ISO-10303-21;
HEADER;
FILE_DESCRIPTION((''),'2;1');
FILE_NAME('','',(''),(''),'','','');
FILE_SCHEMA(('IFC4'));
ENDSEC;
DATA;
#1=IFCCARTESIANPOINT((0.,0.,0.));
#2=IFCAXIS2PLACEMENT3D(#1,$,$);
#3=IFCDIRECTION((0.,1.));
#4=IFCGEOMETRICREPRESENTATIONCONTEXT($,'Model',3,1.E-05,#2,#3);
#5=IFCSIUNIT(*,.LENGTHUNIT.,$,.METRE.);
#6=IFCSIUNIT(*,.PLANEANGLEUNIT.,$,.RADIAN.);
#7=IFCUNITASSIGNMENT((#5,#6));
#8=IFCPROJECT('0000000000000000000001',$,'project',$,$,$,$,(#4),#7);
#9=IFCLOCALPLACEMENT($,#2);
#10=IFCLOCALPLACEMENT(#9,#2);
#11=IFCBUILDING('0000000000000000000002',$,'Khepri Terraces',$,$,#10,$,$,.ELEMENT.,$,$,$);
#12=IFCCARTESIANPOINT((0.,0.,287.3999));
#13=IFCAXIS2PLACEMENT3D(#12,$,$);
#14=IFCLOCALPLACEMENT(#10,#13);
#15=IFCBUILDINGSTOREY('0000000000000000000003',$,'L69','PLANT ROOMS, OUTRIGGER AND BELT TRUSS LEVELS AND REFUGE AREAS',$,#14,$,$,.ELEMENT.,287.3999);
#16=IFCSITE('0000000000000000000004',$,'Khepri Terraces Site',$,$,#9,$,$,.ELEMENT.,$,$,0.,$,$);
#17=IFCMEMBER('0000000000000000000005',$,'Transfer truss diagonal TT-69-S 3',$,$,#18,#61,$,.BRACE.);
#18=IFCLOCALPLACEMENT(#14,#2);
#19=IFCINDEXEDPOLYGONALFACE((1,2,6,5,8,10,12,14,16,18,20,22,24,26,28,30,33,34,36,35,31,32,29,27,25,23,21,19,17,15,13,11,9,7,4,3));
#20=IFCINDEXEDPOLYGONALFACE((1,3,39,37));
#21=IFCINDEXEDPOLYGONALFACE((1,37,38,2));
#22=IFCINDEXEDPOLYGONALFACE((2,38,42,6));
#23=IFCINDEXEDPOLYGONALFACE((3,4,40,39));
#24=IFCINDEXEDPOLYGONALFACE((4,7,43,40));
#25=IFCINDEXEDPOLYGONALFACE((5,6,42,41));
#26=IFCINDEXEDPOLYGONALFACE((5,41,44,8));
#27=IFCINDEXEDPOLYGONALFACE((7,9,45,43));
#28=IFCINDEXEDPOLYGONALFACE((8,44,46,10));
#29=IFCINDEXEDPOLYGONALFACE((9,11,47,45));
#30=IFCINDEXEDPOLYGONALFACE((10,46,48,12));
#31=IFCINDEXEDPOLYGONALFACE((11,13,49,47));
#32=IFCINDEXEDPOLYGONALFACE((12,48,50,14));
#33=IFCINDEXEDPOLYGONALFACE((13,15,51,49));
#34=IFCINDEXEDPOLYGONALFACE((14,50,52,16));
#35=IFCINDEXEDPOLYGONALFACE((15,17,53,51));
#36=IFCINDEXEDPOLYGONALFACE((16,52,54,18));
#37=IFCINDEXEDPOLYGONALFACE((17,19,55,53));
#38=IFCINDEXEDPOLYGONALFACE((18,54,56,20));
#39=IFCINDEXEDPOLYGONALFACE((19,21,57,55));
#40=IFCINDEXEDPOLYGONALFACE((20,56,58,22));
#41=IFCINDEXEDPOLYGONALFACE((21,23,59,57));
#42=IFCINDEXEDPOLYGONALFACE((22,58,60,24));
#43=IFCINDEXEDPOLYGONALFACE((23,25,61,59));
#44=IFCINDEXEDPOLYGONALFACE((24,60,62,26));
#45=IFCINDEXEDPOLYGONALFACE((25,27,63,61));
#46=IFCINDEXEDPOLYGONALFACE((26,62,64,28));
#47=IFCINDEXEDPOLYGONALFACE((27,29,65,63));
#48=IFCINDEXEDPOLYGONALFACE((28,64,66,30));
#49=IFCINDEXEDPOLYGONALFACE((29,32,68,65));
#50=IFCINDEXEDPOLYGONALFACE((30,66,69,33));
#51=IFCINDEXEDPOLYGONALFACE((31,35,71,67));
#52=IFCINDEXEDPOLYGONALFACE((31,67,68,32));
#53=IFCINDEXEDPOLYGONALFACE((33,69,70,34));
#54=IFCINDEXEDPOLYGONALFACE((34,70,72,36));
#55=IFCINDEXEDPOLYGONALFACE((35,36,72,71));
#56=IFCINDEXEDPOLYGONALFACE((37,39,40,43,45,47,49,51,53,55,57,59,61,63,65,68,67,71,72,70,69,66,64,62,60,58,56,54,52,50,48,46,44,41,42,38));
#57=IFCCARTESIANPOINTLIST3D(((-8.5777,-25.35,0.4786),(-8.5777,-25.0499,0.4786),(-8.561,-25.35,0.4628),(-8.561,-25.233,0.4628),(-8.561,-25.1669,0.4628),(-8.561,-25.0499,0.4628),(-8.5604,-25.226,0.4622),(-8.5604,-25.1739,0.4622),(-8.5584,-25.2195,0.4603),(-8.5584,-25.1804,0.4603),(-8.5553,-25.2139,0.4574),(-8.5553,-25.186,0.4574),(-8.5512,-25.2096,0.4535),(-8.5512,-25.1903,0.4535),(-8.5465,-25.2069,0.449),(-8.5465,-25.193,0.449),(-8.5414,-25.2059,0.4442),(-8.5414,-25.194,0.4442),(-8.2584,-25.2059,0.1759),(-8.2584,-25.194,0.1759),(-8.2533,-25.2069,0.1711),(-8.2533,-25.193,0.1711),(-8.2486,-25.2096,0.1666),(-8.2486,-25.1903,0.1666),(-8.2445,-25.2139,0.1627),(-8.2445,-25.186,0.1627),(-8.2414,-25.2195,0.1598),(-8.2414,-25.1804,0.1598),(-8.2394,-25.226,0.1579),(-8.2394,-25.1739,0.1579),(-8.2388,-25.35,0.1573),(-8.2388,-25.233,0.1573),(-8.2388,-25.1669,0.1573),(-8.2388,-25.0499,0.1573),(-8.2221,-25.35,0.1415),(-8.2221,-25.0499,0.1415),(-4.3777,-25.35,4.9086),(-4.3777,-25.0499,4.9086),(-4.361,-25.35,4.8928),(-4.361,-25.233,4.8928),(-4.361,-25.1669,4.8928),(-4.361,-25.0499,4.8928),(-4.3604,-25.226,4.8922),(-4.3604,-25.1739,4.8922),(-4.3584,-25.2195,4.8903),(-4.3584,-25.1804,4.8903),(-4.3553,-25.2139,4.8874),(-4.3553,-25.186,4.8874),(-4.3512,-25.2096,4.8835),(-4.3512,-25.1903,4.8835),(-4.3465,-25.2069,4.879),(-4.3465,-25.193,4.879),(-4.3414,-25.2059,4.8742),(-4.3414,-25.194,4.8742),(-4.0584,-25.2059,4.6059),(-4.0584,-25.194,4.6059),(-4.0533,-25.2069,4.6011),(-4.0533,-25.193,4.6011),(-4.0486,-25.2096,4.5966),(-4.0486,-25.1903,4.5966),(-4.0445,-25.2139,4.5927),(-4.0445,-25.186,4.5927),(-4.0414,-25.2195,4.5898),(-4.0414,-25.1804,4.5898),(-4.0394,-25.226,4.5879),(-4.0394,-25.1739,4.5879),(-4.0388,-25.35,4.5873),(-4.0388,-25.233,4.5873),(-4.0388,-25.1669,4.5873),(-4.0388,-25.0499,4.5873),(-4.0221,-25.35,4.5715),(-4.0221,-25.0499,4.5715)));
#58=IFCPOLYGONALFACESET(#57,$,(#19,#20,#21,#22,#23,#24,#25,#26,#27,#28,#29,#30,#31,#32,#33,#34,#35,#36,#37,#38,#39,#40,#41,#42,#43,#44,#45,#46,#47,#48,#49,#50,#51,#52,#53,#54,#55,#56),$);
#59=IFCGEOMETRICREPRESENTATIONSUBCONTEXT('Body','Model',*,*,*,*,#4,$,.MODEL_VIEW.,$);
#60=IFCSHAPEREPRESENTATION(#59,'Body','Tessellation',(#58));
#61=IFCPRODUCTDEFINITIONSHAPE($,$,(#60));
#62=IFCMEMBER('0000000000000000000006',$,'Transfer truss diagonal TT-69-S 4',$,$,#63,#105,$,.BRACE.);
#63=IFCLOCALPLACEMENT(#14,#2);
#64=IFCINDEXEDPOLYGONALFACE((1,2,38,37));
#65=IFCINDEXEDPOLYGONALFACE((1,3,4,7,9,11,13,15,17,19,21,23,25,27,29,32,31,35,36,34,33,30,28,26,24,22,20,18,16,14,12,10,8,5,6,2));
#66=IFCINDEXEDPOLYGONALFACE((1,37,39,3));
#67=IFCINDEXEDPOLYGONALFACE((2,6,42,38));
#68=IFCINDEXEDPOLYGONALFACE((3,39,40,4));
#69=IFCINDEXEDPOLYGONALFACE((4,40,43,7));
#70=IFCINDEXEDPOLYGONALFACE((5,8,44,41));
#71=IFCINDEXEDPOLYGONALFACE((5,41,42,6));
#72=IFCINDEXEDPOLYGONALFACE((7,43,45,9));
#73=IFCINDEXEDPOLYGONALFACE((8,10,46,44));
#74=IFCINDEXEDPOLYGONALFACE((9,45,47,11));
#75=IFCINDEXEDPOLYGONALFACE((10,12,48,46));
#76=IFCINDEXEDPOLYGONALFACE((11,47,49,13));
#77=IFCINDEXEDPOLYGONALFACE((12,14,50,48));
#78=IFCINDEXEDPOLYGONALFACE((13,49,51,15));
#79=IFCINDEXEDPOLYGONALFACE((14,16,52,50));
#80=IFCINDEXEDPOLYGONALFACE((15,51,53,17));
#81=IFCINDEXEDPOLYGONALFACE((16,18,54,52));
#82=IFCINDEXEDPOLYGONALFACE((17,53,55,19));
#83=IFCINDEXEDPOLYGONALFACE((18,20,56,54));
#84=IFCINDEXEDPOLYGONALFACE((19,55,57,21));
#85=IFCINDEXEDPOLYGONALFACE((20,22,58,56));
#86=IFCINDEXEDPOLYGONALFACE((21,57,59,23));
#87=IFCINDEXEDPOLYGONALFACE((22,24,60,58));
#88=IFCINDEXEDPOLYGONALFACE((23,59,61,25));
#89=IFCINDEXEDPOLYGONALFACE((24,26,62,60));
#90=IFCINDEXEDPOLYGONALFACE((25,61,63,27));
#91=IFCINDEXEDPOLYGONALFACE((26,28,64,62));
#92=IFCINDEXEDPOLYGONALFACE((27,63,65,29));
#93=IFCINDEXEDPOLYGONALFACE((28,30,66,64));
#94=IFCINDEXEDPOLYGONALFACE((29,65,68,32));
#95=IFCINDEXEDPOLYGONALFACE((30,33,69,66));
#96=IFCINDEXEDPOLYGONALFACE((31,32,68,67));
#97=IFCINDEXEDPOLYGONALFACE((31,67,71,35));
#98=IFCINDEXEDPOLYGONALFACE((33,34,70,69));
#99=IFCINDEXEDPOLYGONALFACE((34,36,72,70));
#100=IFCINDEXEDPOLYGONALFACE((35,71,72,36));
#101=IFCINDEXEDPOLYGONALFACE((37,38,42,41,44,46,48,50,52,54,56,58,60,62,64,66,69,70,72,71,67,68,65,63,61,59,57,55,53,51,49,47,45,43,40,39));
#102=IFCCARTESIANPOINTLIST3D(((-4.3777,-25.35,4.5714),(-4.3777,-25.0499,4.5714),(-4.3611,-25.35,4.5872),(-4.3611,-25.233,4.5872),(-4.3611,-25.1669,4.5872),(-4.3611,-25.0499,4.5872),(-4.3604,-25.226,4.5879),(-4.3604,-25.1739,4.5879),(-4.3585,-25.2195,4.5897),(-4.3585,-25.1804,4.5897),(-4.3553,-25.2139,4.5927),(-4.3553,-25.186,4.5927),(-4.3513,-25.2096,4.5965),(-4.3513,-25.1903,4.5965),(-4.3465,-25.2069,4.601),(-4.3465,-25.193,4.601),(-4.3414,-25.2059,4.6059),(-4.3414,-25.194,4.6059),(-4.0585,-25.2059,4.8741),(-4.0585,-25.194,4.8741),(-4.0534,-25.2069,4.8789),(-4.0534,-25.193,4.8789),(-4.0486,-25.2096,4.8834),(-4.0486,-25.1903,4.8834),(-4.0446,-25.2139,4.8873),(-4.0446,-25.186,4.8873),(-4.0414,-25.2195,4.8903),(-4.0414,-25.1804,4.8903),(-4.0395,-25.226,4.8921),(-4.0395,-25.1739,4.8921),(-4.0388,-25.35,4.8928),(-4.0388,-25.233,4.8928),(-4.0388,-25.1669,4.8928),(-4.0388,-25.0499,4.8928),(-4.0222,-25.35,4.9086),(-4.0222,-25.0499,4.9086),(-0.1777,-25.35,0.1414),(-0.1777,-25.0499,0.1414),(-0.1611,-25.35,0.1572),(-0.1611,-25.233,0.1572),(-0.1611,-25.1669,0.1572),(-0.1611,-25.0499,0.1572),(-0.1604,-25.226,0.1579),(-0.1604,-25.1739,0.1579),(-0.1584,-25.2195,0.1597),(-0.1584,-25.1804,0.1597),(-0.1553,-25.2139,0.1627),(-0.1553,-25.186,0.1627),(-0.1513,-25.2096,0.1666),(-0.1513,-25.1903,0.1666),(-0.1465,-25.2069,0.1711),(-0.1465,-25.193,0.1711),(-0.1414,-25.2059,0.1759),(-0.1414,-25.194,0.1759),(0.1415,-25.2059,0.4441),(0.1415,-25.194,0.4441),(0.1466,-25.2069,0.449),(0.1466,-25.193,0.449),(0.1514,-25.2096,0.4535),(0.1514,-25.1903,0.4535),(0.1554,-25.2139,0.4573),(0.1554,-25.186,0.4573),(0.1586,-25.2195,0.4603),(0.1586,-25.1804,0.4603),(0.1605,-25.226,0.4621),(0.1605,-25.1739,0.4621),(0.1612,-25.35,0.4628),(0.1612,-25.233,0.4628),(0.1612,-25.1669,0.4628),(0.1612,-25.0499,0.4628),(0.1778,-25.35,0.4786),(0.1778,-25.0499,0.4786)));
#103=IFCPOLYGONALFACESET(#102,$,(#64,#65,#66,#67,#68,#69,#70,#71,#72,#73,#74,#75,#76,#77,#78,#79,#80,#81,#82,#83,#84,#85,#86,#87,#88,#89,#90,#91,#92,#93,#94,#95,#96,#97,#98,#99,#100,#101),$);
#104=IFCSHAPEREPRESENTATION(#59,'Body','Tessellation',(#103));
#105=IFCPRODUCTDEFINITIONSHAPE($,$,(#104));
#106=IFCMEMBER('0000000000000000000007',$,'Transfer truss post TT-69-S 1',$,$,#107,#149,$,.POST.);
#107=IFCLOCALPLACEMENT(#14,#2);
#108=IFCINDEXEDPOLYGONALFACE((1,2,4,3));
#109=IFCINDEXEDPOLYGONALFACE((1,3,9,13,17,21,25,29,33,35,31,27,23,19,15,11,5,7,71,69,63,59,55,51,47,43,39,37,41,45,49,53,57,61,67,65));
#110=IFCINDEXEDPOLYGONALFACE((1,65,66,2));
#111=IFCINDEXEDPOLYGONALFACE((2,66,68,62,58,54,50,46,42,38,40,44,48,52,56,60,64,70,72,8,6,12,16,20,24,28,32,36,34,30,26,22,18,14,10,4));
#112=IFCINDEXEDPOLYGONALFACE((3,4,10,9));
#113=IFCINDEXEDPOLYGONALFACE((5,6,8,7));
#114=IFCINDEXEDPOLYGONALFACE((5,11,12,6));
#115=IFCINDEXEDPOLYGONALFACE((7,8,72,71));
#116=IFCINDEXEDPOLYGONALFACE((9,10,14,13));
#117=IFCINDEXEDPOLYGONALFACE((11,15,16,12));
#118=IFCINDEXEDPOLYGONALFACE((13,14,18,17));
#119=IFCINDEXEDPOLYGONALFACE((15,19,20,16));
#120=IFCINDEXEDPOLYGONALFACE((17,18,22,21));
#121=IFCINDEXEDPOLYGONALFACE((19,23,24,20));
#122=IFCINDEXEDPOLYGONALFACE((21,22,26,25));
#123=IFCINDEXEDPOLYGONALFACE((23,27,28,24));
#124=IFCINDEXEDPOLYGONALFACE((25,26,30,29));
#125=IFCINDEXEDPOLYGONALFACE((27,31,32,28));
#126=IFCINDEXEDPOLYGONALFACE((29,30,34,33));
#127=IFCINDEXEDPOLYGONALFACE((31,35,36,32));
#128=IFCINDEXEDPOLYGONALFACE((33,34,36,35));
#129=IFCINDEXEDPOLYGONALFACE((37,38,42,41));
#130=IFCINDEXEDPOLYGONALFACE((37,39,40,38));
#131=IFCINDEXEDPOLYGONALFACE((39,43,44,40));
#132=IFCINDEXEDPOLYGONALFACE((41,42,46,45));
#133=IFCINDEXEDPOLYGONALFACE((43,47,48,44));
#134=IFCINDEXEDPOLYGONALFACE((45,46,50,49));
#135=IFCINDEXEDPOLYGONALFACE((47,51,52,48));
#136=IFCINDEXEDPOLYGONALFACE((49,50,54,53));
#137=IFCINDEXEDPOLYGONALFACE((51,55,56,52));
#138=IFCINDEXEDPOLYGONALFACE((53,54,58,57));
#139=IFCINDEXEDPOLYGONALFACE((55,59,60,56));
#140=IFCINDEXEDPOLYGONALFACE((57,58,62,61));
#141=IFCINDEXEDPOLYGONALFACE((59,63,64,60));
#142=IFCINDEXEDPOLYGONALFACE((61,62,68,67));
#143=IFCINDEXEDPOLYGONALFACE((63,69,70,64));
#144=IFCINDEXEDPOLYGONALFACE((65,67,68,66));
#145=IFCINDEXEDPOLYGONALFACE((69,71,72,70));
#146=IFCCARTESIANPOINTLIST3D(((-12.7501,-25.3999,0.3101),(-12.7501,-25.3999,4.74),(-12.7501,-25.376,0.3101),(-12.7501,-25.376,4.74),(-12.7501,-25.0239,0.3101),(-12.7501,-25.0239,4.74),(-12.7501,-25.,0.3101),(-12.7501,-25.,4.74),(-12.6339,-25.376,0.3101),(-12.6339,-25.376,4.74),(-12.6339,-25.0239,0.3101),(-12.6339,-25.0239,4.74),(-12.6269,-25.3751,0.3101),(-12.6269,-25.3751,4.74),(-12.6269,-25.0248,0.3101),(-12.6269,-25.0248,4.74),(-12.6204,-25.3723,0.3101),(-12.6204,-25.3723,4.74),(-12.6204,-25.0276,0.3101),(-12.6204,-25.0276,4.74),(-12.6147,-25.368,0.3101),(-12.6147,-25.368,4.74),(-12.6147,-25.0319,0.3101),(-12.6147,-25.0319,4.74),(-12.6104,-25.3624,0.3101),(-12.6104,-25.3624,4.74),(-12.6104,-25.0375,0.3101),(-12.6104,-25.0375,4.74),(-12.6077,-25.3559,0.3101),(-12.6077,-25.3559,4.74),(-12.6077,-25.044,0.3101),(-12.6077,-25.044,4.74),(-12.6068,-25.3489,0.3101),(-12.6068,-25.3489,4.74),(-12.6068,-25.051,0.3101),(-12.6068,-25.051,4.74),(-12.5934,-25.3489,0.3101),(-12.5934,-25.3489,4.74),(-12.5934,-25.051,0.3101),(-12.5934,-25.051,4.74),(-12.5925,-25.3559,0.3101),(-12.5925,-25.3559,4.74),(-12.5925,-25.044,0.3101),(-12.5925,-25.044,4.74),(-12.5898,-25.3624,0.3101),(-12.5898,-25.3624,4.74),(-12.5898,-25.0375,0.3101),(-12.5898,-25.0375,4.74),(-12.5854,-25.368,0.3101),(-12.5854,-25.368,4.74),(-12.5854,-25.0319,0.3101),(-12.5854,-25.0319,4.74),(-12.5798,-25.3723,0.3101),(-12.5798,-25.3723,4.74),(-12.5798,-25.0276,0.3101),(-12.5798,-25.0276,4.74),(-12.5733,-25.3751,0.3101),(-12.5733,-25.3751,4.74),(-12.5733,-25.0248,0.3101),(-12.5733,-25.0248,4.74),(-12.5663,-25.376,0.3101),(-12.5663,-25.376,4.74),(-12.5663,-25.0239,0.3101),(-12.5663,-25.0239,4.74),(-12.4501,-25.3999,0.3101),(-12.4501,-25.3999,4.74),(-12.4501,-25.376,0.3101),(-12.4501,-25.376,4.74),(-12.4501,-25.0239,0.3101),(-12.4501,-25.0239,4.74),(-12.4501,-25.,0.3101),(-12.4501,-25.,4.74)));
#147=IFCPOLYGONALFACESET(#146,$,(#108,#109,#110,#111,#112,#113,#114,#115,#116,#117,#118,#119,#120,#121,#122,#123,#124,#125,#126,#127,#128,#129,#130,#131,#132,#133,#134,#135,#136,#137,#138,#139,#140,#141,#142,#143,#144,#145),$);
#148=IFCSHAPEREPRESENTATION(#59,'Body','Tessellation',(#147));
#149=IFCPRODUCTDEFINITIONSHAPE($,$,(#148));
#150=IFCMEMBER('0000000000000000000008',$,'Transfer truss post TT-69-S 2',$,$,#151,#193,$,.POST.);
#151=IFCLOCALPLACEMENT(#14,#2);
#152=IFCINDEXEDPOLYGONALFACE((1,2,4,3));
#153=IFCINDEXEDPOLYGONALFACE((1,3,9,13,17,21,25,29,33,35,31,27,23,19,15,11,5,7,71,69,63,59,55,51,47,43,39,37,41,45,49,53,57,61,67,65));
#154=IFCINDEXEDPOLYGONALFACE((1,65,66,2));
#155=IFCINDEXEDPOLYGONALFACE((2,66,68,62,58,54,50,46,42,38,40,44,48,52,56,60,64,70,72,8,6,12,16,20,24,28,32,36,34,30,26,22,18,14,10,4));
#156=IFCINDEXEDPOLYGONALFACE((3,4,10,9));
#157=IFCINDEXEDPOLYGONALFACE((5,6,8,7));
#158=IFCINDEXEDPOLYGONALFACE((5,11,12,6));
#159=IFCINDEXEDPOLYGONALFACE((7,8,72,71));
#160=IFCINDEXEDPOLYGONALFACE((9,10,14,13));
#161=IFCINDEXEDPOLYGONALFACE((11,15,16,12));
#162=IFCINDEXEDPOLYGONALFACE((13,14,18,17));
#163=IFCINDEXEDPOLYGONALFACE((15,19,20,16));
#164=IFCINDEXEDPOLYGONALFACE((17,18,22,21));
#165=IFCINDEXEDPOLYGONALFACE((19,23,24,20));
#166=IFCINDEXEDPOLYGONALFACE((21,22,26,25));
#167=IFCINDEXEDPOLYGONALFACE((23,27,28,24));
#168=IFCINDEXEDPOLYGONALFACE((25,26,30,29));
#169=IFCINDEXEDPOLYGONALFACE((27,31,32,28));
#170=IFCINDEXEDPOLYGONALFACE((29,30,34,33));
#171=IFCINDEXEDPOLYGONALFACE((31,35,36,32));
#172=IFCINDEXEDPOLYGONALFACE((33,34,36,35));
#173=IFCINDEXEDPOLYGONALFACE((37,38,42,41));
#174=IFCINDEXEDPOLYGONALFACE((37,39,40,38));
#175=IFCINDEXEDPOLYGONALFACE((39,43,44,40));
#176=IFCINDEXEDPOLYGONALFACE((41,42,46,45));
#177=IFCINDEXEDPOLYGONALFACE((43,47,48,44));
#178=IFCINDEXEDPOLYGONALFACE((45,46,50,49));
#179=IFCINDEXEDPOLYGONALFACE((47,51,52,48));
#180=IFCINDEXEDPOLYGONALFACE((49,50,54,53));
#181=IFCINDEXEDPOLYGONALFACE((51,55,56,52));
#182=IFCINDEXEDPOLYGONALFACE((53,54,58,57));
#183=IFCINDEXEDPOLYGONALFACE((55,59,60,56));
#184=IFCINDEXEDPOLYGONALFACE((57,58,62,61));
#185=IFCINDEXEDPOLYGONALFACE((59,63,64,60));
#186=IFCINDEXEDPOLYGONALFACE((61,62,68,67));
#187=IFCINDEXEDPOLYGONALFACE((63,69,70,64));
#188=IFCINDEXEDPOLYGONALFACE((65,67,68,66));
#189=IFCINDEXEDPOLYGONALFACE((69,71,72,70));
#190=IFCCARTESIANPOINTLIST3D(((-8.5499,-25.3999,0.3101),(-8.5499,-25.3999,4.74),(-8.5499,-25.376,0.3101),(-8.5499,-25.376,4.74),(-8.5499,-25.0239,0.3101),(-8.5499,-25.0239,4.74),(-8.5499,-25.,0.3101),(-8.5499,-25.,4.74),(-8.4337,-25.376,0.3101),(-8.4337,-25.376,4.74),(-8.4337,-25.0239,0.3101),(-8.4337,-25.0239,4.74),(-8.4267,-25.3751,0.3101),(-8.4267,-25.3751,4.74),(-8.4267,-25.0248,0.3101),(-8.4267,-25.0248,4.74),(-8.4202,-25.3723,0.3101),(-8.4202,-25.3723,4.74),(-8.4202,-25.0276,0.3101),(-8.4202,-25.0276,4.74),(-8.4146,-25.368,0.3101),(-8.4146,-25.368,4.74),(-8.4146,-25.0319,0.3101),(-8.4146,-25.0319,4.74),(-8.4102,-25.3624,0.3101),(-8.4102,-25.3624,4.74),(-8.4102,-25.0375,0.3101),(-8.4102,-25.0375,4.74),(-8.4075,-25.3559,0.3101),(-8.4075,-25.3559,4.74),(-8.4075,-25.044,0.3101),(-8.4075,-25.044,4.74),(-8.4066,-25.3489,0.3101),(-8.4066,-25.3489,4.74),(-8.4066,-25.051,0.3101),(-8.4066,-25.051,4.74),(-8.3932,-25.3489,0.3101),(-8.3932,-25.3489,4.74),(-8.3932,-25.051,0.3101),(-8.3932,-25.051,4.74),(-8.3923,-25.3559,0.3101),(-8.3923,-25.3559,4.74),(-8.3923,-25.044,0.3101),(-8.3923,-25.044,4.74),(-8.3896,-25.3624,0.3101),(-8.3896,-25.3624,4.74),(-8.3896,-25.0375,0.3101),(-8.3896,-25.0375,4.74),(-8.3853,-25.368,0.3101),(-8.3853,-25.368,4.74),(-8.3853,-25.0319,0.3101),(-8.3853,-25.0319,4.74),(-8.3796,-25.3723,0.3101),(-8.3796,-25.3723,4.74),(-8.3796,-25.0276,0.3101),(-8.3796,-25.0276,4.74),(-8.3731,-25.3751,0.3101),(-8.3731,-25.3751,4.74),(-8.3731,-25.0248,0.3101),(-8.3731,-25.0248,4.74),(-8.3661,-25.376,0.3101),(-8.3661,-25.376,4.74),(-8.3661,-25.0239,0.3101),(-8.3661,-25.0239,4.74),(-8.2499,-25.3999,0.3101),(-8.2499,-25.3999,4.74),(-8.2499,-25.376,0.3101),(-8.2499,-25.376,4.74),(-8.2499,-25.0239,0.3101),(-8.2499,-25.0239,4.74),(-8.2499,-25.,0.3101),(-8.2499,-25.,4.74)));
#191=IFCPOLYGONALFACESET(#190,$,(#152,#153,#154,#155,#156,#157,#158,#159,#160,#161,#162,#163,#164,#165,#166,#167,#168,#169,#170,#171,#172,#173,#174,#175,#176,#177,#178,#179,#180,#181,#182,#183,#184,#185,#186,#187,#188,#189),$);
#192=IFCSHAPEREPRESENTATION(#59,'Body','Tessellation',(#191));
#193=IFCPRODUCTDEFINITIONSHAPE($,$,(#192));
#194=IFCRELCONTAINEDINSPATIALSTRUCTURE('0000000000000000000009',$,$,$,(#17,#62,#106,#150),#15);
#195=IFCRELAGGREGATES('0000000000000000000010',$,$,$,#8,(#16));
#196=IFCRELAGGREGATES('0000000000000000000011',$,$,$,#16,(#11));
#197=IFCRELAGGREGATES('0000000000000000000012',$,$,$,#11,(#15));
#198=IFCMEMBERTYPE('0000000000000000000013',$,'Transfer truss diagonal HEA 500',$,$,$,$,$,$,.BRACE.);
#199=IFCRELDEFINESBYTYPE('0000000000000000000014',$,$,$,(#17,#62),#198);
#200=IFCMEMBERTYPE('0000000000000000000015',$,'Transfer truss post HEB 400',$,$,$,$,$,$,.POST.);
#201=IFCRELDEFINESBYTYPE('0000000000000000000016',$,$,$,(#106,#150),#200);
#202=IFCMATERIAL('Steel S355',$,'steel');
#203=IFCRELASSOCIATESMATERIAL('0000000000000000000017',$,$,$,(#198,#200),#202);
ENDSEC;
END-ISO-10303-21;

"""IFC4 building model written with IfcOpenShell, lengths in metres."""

from ifc_helpers import new_model, si_unit, direction, frame, origin, origin_2d, place, context, subcontext, project, spatial, i_section, extrude, material, material_profile, profile_set, type_object, element, save


model = new_model("IFC4")

# Units and contexts
model_context = context("Model", 3, precision=1e-05, world=origin(), true_north=direction((0.0, 1.0)))
body_context = subcontext(model_context, "Body", "Model", "MODEL_VIEW")
ifc_project = project(units=[si_unit("LENGTHUNIT", "METRE"), si_unit("PLANEANGLEUNIT", "RADIAN")], contexts=[model_context])

# Site, building, storey
site_placement = place(None, origin())
site = spatial("IfcSite", under=ifc_project, at=site_placement, Name="Khepri Terraces Site", CompositionType="ELEMENT", RefElevation=0.0)
building_placement = place(site_placement, origin())
building = spatial("IfcBuilding", under=site, at=building_placement, Name="Khepri Terraces", CompositionType="ELEMENT")
storey_placement = place(building_placement, frame((0.0, 0.0, 287.3999)))
storey = spatial("IfcBuildingStorey", under=building, at=storey_placement, Name="L69", Description="PLANT ROOMS, OUTRIGGER AND BELT TRUSS LEVELS AND REFUGE AREAS", CompositionType="ELEMENT", Elevation=287.3999)

# Members
ifc_material_1 = material(Name="Steel S355", Category="steel")
ifc_material_profile_1 = material_profile(ifc_material_1, i_section(OverallWidth=0.3, OverallDepth=0.49, WebThickness=0.012, FlangeThickness=0.0229, FilletRadius=0.0271, at=origin_2d()), Name="Steel S355", Category="steel")
ifc_profile_set_1 = profile_set([ifc_material_profile_1], Name="Steel S355")
member_type_1 = type_object("IfcMemberType", Name="Transfer truss diagonal HEA 500", PredefinedType="BRACE", material=ifc_profile_set_1)
for number, where, z_axis, x_axis, name in (
    (1, (-8.3999, -25.2, 0.3101), (0.688019, 0.0, 0.725693), (0.0, 1.0, 0.0), "Transfer truss diagonal TT-69-S 3"),
    (2, (-4.2, -25.2, 4.74), (0.688019, 0.0, -0.725693), (0.0, 1.0, 0.0), "Transfer truss diagonal TT-69-S 4"),
):
    element("IfcMember", number, at=place(storey_placement, frame(where, z_axis=z_axis, x_axis=x_axis)), inside=storey, type_object=member_type_1, Name=name, PredefinedType="BRACE", context=body_context, shape_type="SweptSolid", body=[
        extrude(i_section(OverallWidth=0.3, OverallDepth=0.49, WebThickness=0.012, FlangeThickness=0.0229, FilletRadius=0.0271, at=origin_2d()), origin(), (0.0, 0.0, 1.0), 6.1045),
    ])
ifc_material_profile_2 = material_profile(ifc_material_1, i_section(OverallWidth=0.3, OverallDepth=0.3999, WebThickness=0.0134, FlangeThickness=0.0239, FilletRadius=0.0271, at=origin_2d()), Name="Steel S355", Category="steel")
ifc_profile_set_2 = profile_set([ifc_material_profile_2], Name="Steel S355")
member_type_2 = type_object("IfcMemberType", Name="Transfer truss post HEB 400", PredefinedType="POST", material=ifc_profile_set_2)
for number, where, z_axis, x_axis, name in (
    (3, (-12.6001, -25.2, 0.3101), (0.0, 0.0, 1.0), (1.0, 0.0, 0.0), "Transfer truss post TT-69-S 1"),
    (4, (-8.3999, -25.2, 0.3101), (0.0, 0.0, 1.0), (1.0, 0.0, 0.0), "Transfer truss post TT-69-S 2"),
):
    element("IfcMember", number, at=place(storey_placement, frame(where, z_axis=z_axis, x_axis=x_axis)), inside=storey, type_object=member_type_2, Name=name, PredefinedType="POST", context=body_context, shape_type="SweptSolid", body=[
        extrude(i_section(OverallWidth=0.3, OverallDepth=0.3999, WebThickness=0.0134, FlangeThickness=0.0239, FilletRadius=0.0271, at=origin_2d()), origin(), (0.0, 0.0, 1.0), 4.4299),
    ])

save(model, "model.ifc")
